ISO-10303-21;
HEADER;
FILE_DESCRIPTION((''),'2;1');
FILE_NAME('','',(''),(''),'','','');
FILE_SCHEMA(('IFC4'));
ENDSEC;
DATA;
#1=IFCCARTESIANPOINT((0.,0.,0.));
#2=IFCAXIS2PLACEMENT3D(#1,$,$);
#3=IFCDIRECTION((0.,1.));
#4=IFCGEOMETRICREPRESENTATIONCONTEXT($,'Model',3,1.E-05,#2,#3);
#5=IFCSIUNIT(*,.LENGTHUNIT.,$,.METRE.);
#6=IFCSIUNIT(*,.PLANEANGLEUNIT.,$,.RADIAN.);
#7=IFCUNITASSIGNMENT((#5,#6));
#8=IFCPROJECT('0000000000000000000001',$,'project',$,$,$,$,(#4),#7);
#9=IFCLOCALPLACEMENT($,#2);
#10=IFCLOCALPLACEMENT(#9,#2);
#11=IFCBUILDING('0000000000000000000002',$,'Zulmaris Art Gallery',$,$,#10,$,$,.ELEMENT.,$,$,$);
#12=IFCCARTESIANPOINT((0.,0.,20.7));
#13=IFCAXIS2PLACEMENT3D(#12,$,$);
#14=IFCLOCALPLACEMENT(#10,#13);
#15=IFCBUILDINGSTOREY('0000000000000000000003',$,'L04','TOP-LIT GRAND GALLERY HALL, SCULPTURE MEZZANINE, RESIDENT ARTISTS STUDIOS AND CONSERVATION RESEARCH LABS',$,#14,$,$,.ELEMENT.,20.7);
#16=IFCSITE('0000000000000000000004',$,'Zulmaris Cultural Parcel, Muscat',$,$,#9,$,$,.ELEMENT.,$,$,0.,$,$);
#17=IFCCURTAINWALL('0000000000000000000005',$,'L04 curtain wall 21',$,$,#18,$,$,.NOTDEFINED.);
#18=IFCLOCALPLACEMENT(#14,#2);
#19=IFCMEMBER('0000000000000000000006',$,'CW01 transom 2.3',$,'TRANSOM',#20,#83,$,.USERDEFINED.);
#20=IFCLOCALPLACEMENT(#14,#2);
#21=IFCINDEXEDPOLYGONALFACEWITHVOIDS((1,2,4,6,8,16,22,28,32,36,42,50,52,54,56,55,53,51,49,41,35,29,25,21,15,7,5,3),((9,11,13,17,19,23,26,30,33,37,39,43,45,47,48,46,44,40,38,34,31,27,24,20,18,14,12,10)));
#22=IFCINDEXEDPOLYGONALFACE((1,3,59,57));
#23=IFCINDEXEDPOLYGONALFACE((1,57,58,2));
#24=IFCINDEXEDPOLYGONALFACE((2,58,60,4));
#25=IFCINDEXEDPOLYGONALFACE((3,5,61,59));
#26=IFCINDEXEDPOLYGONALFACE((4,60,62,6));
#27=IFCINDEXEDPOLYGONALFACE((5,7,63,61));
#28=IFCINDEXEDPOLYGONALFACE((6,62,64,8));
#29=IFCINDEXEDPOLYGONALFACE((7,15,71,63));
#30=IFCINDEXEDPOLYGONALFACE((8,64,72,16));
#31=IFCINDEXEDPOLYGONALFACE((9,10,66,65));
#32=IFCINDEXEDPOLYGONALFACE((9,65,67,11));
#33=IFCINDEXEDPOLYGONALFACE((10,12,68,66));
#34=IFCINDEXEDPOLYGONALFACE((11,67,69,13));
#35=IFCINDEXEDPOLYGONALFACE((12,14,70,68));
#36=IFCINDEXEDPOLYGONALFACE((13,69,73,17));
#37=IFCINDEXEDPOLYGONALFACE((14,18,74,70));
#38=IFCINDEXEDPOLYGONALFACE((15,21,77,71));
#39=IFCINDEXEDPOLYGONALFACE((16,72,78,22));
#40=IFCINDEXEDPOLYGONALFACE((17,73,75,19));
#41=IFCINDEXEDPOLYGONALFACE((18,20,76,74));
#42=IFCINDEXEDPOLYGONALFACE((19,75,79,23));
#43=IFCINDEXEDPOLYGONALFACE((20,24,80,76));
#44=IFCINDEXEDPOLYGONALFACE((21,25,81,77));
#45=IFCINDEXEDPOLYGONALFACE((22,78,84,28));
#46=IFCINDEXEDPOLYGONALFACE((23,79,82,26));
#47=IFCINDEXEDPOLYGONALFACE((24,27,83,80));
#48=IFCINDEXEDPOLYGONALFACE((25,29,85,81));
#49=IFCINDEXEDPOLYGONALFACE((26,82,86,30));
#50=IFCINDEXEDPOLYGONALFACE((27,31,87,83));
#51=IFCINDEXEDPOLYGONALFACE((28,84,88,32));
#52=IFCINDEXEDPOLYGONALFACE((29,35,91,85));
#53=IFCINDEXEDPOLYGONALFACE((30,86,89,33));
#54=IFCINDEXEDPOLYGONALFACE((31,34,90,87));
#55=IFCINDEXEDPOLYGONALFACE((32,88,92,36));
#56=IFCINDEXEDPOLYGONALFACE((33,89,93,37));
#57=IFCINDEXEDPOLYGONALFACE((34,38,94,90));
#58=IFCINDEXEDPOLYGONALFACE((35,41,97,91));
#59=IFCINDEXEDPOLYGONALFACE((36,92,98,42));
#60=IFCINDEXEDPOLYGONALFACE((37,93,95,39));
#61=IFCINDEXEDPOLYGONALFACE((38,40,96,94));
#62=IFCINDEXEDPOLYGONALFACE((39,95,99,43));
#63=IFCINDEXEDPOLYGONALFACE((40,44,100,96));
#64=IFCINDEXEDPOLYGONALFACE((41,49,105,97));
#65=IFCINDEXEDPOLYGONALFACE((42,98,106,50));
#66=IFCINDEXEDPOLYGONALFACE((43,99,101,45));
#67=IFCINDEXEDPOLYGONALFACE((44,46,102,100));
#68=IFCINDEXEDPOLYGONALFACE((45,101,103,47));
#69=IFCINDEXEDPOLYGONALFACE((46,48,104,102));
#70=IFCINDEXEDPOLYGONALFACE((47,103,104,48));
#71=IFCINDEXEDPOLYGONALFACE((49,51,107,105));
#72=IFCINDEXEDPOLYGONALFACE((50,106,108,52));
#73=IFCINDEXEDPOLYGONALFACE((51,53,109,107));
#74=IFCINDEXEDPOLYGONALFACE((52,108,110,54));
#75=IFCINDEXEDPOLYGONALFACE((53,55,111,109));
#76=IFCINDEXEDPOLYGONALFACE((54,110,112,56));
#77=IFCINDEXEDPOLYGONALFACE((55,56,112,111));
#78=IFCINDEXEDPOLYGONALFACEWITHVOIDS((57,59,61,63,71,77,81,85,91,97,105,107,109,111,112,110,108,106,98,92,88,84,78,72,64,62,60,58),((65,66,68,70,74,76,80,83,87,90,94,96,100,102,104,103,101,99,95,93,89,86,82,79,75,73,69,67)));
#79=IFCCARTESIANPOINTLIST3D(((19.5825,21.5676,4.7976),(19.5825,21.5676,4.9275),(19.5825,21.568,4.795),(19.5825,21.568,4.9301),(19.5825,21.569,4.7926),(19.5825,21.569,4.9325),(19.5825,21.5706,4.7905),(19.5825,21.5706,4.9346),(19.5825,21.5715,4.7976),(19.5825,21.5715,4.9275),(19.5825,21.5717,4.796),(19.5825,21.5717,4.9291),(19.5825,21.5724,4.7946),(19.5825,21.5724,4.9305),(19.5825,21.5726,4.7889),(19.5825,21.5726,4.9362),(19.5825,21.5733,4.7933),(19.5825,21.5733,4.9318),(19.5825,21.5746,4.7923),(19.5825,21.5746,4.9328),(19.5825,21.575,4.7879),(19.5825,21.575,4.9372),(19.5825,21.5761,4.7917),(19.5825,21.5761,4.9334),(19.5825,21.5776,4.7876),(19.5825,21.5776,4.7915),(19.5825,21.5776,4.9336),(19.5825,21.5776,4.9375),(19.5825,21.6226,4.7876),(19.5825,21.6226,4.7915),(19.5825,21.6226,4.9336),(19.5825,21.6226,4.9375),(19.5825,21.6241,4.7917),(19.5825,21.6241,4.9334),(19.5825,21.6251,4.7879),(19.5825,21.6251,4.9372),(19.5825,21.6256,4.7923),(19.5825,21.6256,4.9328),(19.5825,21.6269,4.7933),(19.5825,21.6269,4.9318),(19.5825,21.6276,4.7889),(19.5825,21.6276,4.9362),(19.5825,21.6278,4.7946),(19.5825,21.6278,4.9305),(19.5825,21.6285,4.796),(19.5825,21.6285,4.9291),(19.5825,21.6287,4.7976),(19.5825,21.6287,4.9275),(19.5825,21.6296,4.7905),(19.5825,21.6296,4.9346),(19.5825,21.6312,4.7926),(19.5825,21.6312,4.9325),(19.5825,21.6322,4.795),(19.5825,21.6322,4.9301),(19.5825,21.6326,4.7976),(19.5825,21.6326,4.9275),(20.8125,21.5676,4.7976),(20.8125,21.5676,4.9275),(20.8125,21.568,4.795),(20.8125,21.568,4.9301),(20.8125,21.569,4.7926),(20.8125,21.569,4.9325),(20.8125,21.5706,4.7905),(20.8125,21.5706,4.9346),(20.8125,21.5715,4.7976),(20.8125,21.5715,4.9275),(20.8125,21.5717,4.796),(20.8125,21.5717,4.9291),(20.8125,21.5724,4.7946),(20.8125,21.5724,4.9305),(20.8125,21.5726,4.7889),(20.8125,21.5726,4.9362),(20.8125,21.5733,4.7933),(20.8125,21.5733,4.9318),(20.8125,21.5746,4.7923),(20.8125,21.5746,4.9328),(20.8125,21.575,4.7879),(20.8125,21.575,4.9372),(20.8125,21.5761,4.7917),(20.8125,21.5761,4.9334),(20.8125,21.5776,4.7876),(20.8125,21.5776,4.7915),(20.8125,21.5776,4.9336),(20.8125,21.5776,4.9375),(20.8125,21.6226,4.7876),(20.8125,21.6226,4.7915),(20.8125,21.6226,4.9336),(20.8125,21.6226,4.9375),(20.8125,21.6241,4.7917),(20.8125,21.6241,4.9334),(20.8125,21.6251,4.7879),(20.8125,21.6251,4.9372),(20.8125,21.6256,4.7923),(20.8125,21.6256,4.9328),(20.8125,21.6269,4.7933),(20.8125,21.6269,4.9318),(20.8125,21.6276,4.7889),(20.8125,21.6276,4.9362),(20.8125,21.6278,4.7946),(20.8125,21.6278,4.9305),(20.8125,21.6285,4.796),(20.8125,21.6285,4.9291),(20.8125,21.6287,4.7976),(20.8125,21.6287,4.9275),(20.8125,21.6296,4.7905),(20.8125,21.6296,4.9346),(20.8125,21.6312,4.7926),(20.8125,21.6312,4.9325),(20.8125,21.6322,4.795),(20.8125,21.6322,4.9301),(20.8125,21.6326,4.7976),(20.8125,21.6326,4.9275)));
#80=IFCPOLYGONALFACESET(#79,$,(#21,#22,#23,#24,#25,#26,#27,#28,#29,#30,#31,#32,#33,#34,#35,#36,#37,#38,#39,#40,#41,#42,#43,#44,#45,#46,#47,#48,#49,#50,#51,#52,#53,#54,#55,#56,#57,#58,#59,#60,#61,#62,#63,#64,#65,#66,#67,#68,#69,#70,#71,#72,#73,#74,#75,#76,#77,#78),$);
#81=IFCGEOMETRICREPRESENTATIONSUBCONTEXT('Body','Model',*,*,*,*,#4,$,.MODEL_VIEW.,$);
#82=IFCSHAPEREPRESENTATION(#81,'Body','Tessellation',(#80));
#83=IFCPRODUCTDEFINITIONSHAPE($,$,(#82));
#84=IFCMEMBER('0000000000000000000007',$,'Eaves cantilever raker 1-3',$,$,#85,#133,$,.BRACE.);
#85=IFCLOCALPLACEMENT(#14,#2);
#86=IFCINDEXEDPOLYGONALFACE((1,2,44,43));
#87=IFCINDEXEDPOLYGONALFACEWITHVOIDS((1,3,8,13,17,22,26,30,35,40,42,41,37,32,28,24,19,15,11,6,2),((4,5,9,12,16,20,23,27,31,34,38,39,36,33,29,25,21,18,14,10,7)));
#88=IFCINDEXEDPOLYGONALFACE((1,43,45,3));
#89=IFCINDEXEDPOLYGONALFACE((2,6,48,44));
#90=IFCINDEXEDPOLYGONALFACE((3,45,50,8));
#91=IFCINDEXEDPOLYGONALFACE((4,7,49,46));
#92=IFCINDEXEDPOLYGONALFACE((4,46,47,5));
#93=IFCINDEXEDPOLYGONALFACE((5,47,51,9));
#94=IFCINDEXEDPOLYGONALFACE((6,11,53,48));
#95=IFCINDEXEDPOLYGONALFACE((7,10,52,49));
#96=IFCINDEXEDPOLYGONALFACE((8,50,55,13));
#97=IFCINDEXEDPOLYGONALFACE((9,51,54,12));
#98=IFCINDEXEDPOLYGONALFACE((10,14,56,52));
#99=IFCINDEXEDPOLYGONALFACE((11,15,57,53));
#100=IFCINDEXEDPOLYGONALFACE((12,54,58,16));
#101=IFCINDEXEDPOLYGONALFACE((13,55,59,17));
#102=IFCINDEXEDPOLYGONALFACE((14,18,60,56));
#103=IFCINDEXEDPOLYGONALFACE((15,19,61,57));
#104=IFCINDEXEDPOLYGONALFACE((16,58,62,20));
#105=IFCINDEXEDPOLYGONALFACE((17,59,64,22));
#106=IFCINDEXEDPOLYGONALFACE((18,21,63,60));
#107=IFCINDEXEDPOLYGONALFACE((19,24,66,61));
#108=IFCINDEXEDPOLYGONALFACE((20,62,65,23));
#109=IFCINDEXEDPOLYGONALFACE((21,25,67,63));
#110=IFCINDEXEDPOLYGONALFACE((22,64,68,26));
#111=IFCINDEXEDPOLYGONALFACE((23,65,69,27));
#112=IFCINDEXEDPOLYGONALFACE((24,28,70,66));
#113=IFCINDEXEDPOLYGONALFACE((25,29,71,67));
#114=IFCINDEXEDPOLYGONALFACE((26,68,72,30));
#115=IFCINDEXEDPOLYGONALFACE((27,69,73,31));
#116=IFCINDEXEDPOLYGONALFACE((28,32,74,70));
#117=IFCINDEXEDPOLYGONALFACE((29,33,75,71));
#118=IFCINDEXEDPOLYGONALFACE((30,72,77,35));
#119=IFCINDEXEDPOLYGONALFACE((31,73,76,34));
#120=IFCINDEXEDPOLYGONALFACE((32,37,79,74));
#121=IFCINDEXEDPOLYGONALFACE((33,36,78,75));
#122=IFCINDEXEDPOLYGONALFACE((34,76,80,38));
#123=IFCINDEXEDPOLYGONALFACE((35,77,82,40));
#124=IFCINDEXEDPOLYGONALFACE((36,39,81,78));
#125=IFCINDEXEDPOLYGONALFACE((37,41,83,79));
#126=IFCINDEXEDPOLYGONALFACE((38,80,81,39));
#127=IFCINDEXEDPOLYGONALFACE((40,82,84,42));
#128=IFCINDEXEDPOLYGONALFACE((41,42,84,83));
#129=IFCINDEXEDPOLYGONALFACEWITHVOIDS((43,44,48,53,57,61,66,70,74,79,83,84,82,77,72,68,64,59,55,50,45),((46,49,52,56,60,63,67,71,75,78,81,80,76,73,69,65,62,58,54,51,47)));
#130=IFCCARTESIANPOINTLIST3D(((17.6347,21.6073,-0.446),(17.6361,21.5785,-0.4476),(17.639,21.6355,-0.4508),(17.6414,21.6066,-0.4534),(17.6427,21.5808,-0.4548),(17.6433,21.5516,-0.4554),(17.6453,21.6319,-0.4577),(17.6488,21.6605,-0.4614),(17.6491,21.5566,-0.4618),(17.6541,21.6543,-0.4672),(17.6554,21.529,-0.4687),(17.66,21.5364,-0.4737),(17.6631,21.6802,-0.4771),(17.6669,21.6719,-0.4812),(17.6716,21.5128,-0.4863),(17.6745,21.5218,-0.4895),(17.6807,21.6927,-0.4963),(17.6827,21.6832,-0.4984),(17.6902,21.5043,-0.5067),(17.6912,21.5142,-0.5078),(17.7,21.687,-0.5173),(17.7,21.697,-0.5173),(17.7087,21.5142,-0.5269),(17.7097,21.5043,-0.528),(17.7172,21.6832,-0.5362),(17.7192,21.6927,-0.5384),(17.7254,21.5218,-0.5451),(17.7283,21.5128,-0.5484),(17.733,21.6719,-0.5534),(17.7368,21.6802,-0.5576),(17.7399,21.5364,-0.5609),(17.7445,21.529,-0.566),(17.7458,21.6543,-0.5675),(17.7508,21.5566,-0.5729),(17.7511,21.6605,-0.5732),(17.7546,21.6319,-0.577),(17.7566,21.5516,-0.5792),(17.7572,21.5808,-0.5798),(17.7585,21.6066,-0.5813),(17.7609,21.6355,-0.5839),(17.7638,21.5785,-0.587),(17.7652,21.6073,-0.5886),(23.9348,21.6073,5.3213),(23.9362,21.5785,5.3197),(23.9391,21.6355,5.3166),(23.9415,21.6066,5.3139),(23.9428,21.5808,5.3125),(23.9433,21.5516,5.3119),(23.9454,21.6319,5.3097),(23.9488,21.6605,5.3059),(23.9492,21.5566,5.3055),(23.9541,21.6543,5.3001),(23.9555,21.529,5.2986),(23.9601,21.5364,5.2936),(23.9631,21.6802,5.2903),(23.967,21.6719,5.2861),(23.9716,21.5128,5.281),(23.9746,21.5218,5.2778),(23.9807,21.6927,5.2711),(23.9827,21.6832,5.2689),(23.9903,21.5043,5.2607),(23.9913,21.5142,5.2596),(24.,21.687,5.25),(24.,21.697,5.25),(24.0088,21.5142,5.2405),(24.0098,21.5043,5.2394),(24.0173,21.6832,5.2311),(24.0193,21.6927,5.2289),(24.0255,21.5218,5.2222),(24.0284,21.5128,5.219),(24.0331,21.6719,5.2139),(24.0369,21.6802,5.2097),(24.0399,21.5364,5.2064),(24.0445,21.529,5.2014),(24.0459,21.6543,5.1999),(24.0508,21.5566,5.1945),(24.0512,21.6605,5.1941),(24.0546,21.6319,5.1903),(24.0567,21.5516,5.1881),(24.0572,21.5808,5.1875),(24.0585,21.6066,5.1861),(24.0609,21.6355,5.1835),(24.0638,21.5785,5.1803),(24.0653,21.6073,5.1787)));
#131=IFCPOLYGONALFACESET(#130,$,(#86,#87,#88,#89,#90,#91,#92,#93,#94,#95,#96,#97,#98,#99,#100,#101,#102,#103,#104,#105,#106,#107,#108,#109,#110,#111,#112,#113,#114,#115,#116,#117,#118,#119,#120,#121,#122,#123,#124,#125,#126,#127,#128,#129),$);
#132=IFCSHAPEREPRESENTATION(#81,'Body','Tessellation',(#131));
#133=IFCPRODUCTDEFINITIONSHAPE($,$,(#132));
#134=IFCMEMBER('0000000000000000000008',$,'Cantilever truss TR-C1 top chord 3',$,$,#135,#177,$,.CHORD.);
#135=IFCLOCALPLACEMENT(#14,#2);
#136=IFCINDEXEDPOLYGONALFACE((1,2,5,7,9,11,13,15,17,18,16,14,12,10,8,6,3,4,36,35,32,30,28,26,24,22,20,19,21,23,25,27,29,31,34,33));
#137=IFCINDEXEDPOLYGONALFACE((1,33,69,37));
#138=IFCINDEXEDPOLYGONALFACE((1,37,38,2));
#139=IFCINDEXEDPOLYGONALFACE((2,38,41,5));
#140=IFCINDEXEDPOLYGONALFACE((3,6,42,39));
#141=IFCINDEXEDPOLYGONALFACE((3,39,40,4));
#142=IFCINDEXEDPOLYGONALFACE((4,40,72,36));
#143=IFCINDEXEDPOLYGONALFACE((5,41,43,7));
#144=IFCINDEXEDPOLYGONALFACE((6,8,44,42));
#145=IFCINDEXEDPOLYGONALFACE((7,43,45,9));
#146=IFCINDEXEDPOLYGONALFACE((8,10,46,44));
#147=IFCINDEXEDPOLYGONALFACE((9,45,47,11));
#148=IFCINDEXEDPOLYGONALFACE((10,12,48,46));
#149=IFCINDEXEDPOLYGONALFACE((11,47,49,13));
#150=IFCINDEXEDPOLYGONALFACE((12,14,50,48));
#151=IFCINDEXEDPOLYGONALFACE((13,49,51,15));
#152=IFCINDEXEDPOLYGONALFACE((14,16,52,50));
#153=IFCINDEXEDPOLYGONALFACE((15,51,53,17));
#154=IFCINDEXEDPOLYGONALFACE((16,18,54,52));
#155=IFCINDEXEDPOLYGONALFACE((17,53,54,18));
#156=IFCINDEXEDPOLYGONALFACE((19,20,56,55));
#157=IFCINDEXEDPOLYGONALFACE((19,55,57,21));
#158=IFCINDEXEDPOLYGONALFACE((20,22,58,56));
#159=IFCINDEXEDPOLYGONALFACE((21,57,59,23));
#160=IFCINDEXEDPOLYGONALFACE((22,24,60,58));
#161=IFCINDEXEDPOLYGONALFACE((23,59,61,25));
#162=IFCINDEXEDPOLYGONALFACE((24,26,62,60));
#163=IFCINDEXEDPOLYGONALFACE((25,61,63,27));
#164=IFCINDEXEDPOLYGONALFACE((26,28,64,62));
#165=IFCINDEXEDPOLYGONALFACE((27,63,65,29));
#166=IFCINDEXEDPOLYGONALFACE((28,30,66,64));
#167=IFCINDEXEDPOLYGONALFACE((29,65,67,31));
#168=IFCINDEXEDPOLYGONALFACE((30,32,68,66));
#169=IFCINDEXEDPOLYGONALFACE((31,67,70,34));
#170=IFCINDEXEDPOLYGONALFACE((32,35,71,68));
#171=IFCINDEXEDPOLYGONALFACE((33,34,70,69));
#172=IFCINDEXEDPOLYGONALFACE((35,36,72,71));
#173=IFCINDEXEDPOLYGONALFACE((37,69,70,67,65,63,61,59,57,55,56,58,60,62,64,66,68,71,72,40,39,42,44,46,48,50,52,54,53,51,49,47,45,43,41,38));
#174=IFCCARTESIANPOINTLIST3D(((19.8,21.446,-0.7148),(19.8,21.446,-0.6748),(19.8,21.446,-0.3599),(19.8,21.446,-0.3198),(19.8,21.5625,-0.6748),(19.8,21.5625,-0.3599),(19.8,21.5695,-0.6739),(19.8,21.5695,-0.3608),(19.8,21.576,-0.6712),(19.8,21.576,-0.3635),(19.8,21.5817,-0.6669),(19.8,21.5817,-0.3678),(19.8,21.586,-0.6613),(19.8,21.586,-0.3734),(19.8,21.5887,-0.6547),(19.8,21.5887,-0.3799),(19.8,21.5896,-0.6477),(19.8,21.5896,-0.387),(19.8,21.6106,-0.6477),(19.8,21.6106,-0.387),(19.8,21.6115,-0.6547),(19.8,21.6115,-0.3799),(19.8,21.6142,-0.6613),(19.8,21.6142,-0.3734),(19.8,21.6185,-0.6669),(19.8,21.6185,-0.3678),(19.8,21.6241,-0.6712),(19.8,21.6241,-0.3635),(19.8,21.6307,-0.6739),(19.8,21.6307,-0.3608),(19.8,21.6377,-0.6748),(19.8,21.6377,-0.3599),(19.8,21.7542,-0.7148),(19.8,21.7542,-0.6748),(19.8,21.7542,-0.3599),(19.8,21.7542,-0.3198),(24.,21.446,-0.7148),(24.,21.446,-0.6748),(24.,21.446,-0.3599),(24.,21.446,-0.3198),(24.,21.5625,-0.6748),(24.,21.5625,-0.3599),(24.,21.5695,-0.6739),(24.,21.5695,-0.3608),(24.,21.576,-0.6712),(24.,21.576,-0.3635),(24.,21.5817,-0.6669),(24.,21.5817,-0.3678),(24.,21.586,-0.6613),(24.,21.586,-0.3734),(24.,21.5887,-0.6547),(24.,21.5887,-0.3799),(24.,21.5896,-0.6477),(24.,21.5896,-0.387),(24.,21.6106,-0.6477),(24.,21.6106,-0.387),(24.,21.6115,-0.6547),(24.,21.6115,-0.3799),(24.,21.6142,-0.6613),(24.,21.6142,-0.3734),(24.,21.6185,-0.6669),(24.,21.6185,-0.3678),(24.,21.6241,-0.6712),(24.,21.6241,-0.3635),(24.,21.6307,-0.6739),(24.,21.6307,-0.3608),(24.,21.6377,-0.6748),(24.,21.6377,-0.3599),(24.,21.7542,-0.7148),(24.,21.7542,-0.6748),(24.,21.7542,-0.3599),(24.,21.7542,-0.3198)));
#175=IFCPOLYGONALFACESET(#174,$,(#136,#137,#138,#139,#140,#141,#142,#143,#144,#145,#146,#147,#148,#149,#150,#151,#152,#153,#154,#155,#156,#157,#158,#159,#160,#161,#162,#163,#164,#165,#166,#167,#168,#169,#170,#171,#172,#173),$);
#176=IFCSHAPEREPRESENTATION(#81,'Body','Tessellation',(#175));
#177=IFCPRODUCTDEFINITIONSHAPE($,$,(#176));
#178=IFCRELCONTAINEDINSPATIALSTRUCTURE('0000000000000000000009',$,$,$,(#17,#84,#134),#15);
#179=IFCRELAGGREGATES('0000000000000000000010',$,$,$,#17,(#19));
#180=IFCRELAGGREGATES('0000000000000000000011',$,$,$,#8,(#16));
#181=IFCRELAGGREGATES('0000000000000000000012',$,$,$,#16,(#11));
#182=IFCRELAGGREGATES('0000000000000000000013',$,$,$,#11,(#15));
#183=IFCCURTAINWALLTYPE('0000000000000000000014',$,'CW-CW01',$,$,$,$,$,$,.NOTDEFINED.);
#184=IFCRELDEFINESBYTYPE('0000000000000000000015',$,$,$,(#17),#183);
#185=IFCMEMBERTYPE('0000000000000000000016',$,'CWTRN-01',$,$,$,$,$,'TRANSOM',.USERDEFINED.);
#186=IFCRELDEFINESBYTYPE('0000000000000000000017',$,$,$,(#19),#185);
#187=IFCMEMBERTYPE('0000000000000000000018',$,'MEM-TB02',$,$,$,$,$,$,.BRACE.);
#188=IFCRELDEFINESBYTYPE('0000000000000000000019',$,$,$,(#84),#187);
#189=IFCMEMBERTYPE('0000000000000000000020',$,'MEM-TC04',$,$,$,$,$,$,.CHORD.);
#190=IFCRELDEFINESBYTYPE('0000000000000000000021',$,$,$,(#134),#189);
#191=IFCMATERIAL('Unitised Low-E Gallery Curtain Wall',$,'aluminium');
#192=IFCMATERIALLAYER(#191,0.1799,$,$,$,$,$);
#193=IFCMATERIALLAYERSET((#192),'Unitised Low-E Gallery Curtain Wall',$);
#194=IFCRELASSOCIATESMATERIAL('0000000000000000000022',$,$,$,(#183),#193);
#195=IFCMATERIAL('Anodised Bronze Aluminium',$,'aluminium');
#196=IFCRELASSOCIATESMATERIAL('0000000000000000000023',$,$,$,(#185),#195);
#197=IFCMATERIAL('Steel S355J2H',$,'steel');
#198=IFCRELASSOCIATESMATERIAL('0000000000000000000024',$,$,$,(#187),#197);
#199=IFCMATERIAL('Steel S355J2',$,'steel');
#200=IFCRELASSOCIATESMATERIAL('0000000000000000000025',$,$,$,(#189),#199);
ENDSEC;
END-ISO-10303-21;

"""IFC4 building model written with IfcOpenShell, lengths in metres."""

from ifc_helpers import new_model, si_unit, direction, frame, origin, origin_2d, place, context, subcontext, project, spatial, hollow_rectangle, hollow_circle, i_section, extrude, material, layer, layer_set, material_profile, profile_set, type_object, element, aggregate, save


model = new_model("IFC4")

# Units and contexts
model_context = context("Model", 3, precision=1e-05, world=origin(), true_north=direction((0.0, 1.0)))
body_context = subcontext(model_context, "Body", "Model", "MODEL_VIEW")
ifc_project = project(units=[si_unit("LENGTHUNIT", "METRE"), si_unit("PLANEANGLEUNIT", "RADIAN")], contexts=[model_context])

# Site, building, storey
site_placement = place(None, origin())
site = spatial("IfcSite", under=ifc_project, at=site_placement, Name="Zulmaris Cultural Parcel, Muscat", CompositionType="ELEMENT", RefElevation=0.0)
building_placement = place(site_placement, origin())
building = spatial("IfcBuilding", under=site, at=building_placement, Name="Zulmaris Art Gallery", CompositionType="ELEMENT")
storey_placement = place(building_placement, frame((0.0, 0.0, 20.7)))
storey = spatial("IfcBuildingStorey", under=building, at=storey_placement, Name="L04", Description="TOP-LIT GRAND GALLERY HALL, SCULPTURE MEZZANINE, RESIDENT ARTISTS STUDIOS AND CONSERVATION RESEARCH LABS", CompositionType="ELEMENT", Elevation=20.7)

# Shared definitions
ifc_material_1 = material(Name="Steel S355J2", Category="steel")

# Shared definitions
ifc_material_2 = material(Name="Unitised Low-E Gallery Curtain Wall", Category="aluminium")
ifc_layer_1 = layer(ifc_material_2, 0.1799)
ifc_layer_set_1 = layer_set([ifc_layer_1], Name="Unitised Low-E Gallery Curtain Wall")
curtain_wall_type = type_object("IfcCurtainWallType", Name="CW-CW01", PredefinedType="NOTDEFINED", material=ifc_layer_set_1)
ifc_material_3 = material(Name="Anodised Bronze Aluminium", Category="aluminium")

# Curtain wall
curtain_wall_1_placement = place(storey_placement, origin())
curtain_wall_1 = element("IfcCurtainWall", 1, at=curtain_wall_1_placement, inside=storey, type_object=curtain_wall_type, Name="L04 curtain wall 21", PredefinedType="NOTDEFINED")

# Member
ifc_material_profile_1 = material_profile(ifc_material_3, hollow_rectangle(XDim=0.0649, YDim=0.1499, WallThickness=0.0039, InnerFilletRadius=0.0061, OuterFilletRadius=0.01, at=origin_2d()), Name="ALU 65x150x4")
ifc_profile_set_1 = profile_set([ifc_material_profile_1], Name="Anodised Bronze Aluminium")
member_type_1 = type_object("IfcMemberType", Name="CWTRN-01", ElementType="TRANSOM", PredefinedType="USERDEFINED", material=ifc_profile_set_1)
member_1_placement = place(storey_placement, frame((19.5825, 21.6001, 4.8625), z_axis=(1.0, 0.0, 0.0), x_axis=(0.0, 1.0, 0.0)))
member_1 = element("IfcMember", 2, at=member_1_placement, type_object=member_type_1, Name="CW01 transom 2.3", ObjectType="TRANSOM", PredefinedType="USERDEFINED", context=body_context, shape_type="SweptSolid", body=[
    extrude(hollow_rectangle(XDim=0.0649, YDim=0.1499, WallThickness=0.0039, InnerFilletRadius=0.0061, OuterFilletRadius=0.01, at=origin_2d()), origin(), (0.0, 0.0, 1.0), 1.23),
])

# Members
ifc_material_4 = material(Name="Steel S355J2H", Category="steel")
ifc_material_profile_2 = material_profile(ifc_material_4, hollow_circle(Radius=0.0969, WallThickness=0.01, at=origin_2d()), Name="CHS 193.7x10")
ifc_profile_set_2 = profile_set([ifc_material_profile_2], Name="Steel S355J2H")
member_type_2 = type_object("IfcMemberType", Name="MEM-TB02", PredefinedType="BRACE", material=ifc_profile_set_2)
member_2_placement = place(storey_placement, frame((17.7, 21.6001, -0.5173), z_axis=(0.737604, 0.0, 0.675234), x_axis=(0.0, 1.0, 0.0)))
element("IfcMember", 3, at=member_2_placement, inside=storey, type_object=member_type_2, Name="Eaves cantilever raker 1-3", PredefinedType="BRACE", context=body_context, shape_type="SweptSolid", body=[
    extrude(hollow_circle(Radius=0.0969, WallThickness=0.01, at=origin_2d()), origin(), (0.0, 0.0, 1.0), 8.5413),
])
ifc_material_profile_3 = material_profile(ifc_material_1, i_section(OverallWidth=0.3081, OverallDepth=0.395, WebThickness=0.021, FlangeThickness=0.04, FilletRadius=0.0271, at=origin_2d()), Name="HEM 360")
ifc_profile_set_3 = profile_set([ifc_material_profile_3], Name="Steel S355J2")
member_type_3 = type_object("IfcMemberType", Name="MEM-TC04", PredefinedType="CHORD", material=ifc_profile_set_3)
member_3_placement = place(storey_placement, frame((19.8, 21.6001, -0.5173), z_axis=(1.0, 0.0, 0.0), x_axis=(0.0, 1.0, 0.0)))
element("IfcMember", 4, at=member_3_placement, inside=storey, type_object=member_type_3, Name="Cantilever truss TR-C1 top chord 3", PredefinedType="CHORD", context=body_context, shape_type="SweptSolid", body=[
    extrude(i_section(OverallWidth=0.3081, OverallDepth=0.395, WebThickness=0.021, FlangeThickness=0.04, FilletRadius=0.0271, at=origin_2d()), origin(), (0.0, 0.0, 1.0), 4.2),
])

aggregate(curtain_wall_1, [member_1])

save(model, "model.ifc")
